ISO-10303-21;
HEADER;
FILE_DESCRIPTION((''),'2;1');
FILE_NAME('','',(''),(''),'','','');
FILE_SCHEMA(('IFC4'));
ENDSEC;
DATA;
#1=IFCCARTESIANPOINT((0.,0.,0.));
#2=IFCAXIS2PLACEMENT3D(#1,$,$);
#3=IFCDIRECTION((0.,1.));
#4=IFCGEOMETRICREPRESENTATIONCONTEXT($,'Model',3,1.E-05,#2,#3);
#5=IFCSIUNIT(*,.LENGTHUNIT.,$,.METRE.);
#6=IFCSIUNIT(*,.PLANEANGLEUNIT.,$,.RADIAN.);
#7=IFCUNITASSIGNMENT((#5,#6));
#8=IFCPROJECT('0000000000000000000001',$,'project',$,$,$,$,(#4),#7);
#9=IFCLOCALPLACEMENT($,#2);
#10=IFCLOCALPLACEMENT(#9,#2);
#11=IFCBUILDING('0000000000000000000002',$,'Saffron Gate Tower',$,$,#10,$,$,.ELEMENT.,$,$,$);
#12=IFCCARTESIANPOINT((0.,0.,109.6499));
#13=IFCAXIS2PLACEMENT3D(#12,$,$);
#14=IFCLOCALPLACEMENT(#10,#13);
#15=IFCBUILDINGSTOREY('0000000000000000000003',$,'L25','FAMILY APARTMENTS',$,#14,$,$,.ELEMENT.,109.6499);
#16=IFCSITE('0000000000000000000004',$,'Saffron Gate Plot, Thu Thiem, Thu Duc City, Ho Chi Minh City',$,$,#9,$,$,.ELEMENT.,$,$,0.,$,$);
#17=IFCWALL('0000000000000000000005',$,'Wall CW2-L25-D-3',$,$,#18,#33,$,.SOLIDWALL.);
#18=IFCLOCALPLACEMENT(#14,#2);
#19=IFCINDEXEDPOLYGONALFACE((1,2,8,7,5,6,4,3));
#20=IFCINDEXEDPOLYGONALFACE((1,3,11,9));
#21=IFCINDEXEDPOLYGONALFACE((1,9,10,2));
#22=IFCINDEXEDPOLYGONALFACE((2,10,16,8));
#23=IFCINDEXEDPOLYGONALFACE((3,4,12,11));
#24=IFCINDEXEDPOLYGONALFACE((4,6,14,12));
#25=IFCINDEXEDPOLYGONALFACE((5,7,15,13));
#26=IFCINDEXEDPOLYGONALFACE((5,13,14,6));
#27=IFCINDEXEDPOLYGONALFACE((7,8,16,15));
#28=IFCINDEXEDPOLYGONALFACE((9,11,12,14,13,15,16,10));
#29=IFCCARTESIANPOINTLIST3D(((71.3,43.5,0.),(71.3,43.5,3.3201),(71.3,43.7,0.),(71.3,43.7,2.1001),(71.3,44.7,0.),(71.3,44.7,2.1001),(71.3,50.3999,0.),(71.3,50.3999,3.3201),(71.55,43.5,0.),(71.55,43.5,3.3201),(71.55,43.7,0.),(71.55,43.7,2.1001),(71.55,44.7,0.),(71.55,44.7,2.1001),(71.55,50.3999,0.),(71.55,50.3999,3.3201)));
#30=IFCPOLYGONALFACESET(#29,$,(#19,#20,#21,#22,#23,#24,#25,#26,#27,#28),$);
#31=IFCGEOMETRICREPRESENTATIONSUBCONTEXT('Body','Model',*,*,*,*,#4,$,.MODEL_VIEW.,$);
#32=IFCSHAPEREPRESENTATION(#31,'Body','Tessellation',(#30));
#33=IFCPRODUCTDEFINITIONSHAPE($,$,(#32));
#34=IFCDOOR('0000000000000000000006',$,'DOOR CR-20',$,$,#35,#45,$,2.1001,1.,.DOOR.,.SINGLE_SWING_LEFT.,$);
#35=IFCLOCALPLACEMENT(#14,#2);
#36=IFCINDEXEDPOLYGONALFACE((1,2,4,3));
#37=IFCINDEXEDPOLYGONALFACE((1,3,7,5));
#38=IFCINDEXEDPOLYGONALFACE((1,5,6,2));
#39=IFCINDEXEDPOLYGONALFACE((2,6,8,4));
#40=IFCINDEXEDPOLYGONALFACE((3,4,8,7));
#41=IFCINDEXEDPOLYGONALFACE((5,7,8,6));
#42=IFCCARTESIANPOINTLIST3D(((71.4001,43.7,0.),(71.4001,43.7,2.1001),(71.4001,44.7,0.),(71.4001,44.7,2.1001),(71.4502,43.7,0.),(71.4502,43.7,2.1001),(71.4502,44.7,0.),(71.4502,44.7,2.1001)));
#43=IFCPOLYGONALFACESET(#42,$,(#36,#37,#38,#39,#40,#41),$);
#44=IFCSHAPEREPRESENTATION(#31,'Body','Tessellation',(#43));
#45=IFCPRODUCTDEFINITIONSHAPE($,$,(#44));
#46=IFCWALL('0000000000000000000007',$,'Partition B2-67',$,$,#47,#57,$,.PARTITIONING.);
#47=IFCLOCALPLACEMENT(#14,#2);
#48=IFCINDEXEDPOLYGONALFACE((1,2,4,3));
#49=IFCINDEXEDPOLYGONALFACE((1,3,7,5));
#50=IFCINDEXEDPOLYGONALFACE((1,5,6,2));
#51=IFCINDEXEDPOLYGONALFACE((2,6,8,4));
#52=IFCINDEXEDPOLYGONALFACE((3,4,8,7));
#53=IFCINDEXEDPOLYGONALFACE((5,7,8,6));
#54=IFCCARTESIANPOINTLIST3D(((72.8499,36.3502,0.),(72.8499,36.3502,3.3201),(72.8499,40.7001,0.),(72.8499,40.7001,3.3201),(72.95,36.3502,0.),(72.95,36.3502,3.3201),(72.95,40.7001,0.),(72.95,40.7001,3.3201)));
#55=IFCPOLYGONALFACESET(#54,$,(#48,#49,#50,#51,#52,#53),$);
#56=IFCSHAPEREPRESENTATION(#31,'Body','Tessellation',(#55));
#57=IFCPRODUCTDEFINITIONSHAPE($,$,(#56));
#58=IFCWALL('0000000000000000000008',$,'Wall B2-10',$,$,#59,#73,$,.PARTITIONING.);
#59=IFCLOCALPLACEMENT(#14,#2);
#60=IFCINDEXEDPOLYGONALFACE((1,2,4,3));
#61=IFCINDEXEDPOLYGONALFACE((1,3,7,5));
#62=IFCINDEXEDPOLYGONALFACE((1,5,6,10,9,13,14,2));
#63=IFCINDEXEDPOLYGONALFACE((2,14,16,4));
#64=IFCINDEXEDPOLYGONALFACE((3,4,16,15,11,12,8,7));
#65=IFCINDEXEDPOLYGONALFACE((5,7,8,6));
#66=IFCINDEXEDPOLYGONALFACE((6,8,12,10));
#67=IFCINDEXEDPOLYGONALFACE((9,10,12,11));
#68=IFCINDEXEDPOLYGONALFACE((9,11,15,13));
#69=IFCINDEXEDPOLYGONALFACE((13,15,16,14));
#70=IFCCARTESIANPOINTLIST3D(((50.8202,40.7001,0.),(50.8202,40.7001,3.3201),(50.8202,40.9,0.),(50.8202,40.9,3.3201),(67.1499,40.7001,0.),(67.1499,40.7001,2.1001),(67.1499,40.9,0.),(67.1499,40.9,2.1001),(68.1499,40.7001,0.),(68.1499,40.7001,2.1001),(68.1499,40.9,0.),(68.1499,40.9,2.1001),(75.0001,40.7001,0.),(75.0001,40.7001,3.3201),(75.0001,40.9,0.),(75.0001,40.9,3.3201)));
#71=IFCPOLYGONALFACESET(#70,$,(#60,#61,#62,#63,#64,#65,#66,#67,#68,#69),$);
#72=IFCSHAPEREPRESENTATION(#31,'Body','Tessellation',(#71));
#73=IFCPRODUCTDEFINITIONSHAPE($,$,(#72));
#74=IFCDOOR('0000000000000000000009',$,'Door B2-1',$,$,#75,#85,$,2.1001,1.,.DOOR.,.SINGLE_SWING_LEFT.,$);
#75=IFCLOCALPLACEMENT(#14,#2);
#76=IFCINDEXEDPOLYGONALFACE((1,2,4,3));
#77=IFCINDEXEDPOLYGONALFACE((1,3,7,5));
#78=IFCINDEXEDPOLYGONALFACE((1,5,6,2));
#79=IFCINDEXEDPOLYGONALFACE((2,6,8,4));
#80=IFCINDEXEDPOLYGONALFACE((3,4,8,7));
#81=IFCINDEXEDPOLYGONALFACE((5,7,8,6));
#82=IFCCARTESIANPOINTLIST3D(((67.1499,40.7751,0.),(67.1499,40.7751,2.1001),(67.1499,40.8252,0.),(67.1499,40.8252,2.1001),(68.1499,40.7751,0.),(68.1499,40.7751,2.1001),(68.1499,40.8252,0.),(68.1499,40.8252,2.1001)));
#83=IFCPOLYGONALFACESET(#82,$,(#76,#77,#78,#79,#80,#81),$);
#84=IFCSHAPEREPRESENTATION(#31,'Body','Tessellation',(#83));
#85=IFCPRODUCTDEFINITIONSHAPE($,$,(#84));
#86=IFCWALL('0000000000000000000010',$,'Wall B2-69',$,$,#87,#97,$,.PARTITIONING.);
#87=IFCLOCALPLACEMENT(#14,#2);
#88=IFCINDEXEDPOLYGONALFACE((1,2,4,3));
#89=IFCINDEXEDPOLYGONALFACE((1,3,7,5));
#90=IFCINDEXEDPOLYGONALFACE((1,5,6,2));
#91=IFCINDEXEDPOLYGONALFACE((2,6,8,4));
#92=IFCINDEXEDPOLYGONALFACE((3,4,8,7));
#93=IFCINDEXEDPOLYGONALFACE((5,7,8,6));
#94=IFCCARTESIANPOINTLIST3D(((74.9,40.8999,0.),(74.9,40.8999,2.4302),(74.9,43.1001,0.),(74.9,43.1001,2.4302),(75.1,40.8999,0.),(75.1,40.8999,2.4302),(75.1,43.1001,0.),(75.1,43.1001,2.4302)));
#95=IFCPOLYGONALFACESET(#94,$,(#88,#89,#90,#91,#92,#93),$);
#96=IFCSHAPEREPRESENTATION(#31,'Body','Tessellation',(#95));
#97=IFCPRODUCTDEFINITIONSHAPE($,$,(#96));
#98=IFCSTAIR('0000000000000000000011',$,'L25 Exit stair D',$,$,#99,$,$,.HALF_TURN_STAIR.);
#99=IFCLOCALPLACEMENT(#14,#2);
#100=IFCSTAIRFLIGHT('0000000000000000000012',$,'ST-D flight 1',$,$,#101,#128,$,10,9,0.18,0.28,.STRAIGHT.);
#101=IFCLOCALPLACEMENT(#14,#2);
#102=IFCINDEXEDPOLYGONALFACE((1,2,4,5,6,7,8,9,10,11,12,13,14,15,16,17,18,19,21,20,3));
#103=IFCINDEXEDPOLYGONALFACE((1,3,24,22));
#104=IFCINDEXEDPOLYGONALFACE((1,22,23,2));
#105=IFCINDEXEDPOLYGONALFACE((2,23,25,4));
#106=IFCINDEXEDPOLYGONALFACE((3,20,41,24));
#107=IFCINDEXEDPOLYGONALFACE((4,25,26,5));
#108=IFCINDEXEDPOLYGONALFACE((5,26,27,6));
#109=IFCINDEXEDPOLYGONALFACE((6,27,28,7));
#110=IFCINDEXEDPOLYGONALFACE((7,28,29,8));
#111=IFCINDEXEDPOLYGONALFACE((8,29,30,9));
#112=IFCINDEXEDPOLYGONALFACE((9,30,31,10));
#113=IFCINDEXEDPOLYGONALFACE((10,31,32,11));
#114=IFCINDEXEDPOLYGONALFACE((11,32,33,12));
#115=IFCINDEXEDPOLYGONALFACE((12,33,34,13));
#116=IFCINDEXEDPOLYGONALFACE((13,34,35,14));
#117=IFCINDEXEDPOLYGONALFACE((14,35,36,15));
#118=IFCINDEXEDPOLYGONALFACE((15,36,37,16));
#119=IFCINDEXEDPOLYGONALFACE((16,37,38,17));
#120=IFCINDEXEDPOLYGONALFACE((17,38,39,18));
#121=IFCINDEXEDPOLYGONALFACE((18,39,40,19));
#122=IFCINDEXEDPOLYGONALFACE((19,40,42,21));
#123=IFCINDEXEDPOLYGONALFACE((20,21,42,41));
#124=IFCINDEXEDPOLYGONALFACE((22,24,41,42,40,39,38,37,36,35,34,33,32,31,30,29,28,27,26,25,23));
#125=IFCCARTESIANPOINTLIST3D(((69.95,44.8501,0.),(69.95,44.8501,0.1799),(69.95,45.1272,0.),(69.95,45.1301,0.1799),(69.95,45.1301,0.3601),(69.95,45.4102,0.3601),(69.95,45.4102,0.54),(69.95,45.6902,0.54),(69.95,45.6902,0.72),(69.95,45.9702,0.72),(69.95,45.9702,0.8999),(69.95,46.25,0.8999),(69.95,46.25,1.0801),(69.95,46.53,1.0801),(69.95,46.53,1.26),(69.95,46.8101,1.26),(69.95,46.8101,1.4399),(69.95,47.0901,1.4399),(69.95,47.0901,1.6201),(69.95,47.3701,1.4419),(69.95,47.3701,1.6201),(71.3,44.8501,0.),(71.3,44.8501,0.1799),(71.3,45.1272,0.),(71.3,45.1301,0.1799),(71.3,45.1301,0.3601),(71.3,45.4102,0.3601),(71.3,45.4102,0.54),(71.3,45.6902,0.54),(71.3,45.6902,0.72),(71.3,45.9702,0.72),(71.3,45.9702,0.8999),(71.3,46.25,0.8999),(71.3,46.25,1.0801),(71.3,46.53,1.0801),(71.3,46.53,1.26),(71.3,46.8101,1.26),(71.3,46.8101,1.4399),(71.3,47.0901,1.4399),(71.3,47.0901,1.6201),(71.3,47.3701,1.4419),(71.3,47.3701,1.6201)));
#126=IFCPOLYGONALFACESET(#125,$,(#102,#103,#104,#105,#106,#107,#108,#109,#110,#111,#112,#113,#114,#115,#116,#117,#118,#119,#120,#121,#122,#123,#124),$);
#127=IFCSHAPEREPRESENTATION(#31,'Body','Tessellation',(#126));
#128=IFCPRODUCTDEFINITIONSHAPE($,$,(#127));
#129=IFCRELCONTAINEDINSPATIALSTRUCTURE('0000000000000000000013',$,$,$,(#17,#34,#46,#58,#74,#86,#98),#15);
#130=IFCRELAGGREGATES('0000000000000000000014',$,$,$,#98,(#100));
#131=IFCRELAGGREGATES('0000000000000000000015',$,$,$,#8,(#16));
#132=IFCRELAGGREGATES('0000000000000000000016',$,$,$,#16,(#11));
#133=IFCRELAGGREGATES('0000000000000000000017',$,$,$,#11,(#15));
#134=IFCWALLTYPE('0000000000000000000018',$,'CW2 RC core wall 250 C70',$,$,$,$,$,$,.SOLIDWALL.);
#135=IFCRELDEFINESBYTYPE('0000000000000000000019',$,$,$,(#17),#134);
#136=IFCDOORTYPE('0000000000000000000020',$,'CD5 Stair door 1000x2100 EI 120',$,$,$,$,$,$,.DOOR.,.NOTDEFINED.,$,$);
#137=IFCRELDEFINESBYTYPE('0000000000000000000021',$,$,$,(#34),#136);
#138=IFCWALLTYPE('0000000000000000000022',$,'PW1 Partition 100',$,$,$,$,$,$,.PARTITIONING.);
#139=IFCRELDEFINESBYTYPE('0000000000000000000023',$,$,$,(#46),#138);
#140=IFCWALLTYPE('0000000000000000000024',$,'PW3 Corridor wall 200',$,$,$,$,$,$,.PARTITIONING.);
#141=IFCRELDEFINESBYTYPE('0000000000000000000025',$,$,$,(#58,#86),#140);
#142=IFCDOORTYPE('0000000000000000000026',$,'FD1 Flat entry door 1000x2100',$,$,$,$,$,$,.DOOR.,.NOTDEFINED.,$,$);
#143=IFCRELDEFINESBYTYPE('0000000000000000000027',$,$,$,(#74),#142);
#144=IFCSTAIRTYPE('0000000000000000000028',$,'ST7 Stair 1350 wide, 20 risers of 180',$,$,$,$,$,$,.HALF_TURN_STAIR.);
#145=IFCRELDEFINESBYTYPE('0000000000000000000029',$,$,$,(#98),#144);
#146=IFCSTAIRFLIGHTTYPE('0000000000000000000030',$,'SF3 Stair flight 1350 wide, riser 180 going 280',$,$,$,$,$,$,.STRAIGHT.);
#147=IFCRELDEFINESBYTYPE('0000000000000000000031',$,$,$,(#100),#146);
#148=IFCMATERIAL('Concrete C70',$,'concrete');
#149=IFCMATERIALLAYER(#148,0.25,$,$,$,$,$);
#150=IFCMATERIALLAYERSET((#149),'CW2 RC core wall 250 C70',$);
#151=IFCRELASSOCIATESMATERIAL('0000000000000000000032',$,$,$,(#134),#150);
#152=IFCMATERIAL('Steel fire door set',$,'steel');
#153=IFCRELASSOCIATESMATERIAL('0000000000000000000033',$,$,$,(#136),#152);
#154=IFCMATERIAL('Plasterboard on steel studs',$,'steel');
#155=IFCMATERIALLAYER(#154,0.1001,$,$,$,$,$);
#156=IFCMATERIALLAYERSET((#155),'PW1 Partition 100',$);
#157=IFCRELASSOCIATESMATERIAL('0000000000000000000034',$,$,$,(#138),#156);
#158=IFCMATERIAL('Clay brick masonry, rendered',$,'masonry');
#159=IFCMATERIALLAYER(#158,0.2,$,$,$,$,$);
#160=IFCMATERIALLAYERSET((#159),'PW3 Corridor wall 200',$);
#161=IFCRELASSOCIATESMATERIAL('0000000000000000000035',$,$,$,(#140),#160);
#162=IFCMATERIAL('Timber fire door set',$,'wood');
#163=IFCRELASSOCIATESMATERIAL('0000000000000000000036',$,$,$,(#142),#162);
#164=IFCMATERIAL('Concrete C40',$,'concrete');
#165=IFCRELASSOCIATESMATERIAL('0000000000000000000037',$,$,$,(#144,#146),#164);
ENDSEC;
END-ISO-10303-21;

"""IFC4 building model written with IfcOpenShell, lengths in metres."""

from ifc_helpers import new_model, si_unit, direction, frame, frame_2d, origin, place, context, subcontext, project, spatial, polyline, rectangle, outline, extrude, material, layer, layer_set, type_object, element, fill, aggregate, save


model = new_model("IFC4")

# Units and contexts
model_context = context("Model", 3, precision=1e-05, world=origin(), true_north=direction((0.0, 1.0)))
body_context = subcontext(model_context, "Body", "Model", "MODEL_VIEW")
ifc_project = project(units=[si_unit("LENGTHUNIT", "METRE"), si_unit("PLANEANGLEUNIT", "RADIAN")], contexts=[model_context])

# Site, building, storey
site_placement = place(None, origin())
site = spatial("IfcSite", under=ifc_project, at=site_placement, Name="Saffron Gate Plot, Thu Thiem, Thu Duc City, Ho Chi Minh City", CompositionType="ELEMENT", RefElevation=0.0)
building_placement = place(site_placement, origin())
building = spatial("IfcBuilding", under=site, at=building_placement, Name="Saffron Gate Tower", CompositionType="ELEMENT")
storey_placement = place(building_placement, frame((0.0, 0.0, 109.6499)))
storey = spatial("IfcBuildingStorey", under=building, at=storey_placement, Name="L25", Description="FAMILY APARTMENTS", CompositionType="ELEMENT", Elevation=109.6499)

# Wall, opening, door
ifc_material_1 = material(Name="Steel fire door set", Category="steel")
ifc_material_2 = material(Name="Concrete C70", Category="concrete")
ifc_layer_1 = layer(ifc_material_2, 0.25)
ifc_layer_set_1 = layer_set([ifc_layer_1], Name="CW2 RC core wall 250 C70")
wall_type_1 = type_object("IfcWallType", Name="CW2 RC core wall 250 C70", PredefinedType="SOLIDWALL", material=ifc_layer_set_1)
wall_1_placement = place(storey_placement, frame((71.425, 43.5, 0.0), z_axis=(0.0, 0.0, 1.0), x_axis=(0.0, 1.0, 0.0)))
wall_1 = element("IfcWall", 1, at=wall_1_placement, inside=storey, type_object=wall_type_1, Name="Wall CW2-L25-D-3", PredefinedType="SOLIDWALL", context=body_context, shape_type="SweptSolid", body=[
    extrude(rectangle(XDim=6.8999, YDim=0.25, at=frame_2d((3.45, 0.0))), origin(), (0.0, 0.0, 1.0), 3.3201),
])
opening_1_placement = place(wall_1_placement, frame((0.2, 0.0, 0.0)))
opening_1 = element("IfcOpeningElement", 2, at=opening_1_placement, cuts=wall_1, PredefinedType="OPENING", context=body_context, shape_type="SweptSolid", body=[
    extrude(rectangle(XDim=1.0, YDim=2.1001, at=frame_2d((0.5, 1.05))), frame((0.0, 0.135, 0.0), z_axis=(0.0, -1.0, 0.0), x_axis=(1.0, 0.0, 0.0)), (0.0, 0.0, 1.0), 0.27),
])
door_type_1 = type_object("IfcDoorType", Name="CD5 Stair door 1000x2100 EI 120", OperationType="NOTDEFINED", PredefinedType="DOOR", material=ifc_material_1)
door_1_placement = place(opening_1_placement, origin())
door_1 = element("IfcDoor", 3, at=door_1_placement, inside=storey, type_object=door_type_1, Name="DOOR CR-20", OperationType="SINGLE_SWING_LEFT", OverallHeight=2.1001, OverallWidth=1.0, PredefinedType="DOOR", context=body_context, shape_type="SweptSolid", body=[
    extrude(rectangle(XDim=1.0, YDim=2.1001, at=frame_2d((0.5, 1.05))), frame((0.0, 0.0249, 0.0), z_axis=(0.0, -1.0, 0.0), x_axis=(1.0, 0.0, 0.0)), (0.0, 0.0, 1.0), 0.05),
])
fill(opening_1, door_1)

# Wall
ifc_material_3 = material(Name="Plasterboard on steel studs", Category="steel")
ifc_layer_2 = layer(ifc_material_3, 0.1001)
ifc_layer_set_2 = layer_set([ifc_layer_2], Name="PW1 Partition 100")
wall_type_2 = type_object("IfcWallType", Name="PW1 Partition 100", PredefinedType="PARTITIONING", material=ifc_layer_set_2)
wall_2_placement = place(storey_placement, frame((72.8999, 40.7, 0.0), z_axis=(0.0, 0.0, 1.0), x_axis=(0.0, -1.0, 0.0)))
element("IfcWall", 4, at=wall_2_placement, inside=storey, type_object=wall_type_2, Name="Partition B2-67", PredefinedType="PARTITIONING", context=body_context, shape_type="SweptSolid", body=[
    extrude(rectangle(XDim=4.3499, YDim=0.1001, at=frame_2d((2.1748, 0.0))), origin(), (0.0, 0.0, 1.0), 3.3201),
])

# Wall, opening, door
ifc_material_4 = material(Name="Clay brick masonry, rendered", Category="masonry")
ifc_layer_3 = layer(ifc_material_4, 0.2)
ifc_layer_set_3 = layer_set([ifc_layer_3], Name="PW3 Corridor wall 200")
wall_type_3 = type_object("IfcWallType", Name="PW3 Corridor wall 200", PredefinedType="PARTITIONING", material=ifc_layer_set_3)
wall_3_placement = place(storey_placement, frame((75.0, 40.8, 0.0), z_axis=(0.0, 0.0, 1.0), x_axis=(-1.0, 0.0, 0.0)))
wall_3 = element("IfcWall", 5, at=wall_3_placement, inside=storey, type_object=wall_type_3, Name="Wall B2-10", PredefinedType="PARTITIONING", context=body_context, shape_type="SweptSolid", body=[
    extrude(rectangle(XDim=24.1799, YDim=0.2, at=frame_2d((12.0898, 0.0))), origin(), (0.0, 0.0, 1.0), 3.3201),
])
opening_2_placement = place(wall_3_placement, frame((6.8501, 0.0, 0.0)))
opening_2 = element("IfcOpeningElement", 6, at=opening_2_placement, cuts=wall_3, PredefinedType="OPENING", context=body_context, shape_type="SweptSolid", body=[
    extrude(rectangle(XDim=1.0, YDim=2.1001, at=frame_2d((0.5, 1.05))), frame((0.0, 0.1099, 0.0), z_axis=(0.0, -1.0, 0.0), x_axis=(1.0, 0.0, 0.0)), (0.0, 0.0, 1.0), 0.22),
])
ifc_material_5 = material(Name="Timber fire door set", Category="wood")
door_type_2 = type_object("IfcDoorType", Name="FD1 Flat entry door 1000x2100", OperationType="NOTDEFINED", PredefinedType="DOOR", material=ifc_material_5)
door_2_placement = place(opening_2_placement, origin())
door_2 = element("IfcDoor", 7, at=door_2_placement, inside=storey, type_object=door_type_2, Name="Door B2-1", OperationType="SINGLE_SWING_LEFT", OverallHeight=2.1001, OverallWidth=1.0, PredefinedType="DOOR", context=body_context, shape_type="SweptSolid", body=[
    extrude(rectangle(XDim=1.0, YDim=2.1001, at=frame_2d((0.5, 1.05))), frame((0.0, 0.0249, 0.0), z_axis=(0.0, -1.0, 0.0), x_axis=(1.0, 0.0, 0.0)), (0.0, 0.0, 1.0), 0.05),
])
fill(opening_2, door_2)

# Wall
wall_4_placement = place(storey_placement, frame((75.0, 43.1001, 0.0), z_axis=(0.0, 0.0, 1.0), x_axis=(0.0, -1.0, 0.0)))
element("IfcWall", 8, at=wall_4_placement, inside=storey, type_object=wall_type_3, Name="Wall B2-69", PredefinedType="PARTITIONING", context=body_context, shape_type="SweptSolid", body=[
    extrude(rectangle(XDim=2.2002, YDim=0.2, at=frame_2d((1.1001, 0.0))), origin(), (0.0, 0.0, 1.0), 2.4302),
])

# Stair, stair flight
ifc_material_6 = material(Name="Concrete C40", Category="concrete")
stair_type = type_object("IfcStairType", Name="ST7 Stair 1350 wide, 20 risers of 180", PredefinedType="HALF_TURN_STAIR", material=ifc_material_6)
stair_placement = place(storey_placement, origin())
stair = element("IfcStair", 9, at=stair_placement, inside=storey, type_object=stair_type, Name="L25 Exit stair D", PredefinedType="HALF_TURN_STAIR")
stair_flight_type = type_object("IfcStairFlightType", Name="SF3 Stair flight 1350 wide, riser 180 going 280", PredefinedType="STRAIGHT", material=ifc_material_6)
stair_flight_placement = place(storey_placement, frame((70.625, 44.8501, 0.0), z_axis=(0.0, 0.0, 1.0), x_axis=(0.0, 1.0, 0.0)))
stair_flight = element("IfcStairFlight", 10, at=stair_flight_placement, type_object=stair_flight_type, Name="ST-D flight 1", NumberOfRisers=10, NumberOfTreads=9, PredefinedType="STRAIGHT", RiserHeight=0.18, TreadLength=0.28, context=body_context, shape_type="SweptSolid", body=[
    extrude(outline(polyline([(0.0, 0.0), (0.0, 0.1799), (0.28, 0.1799), (0.28, 0.3601), (0.5601, 0.3601), (0.5601, 0.54), (0.8401, 0.54), (0.8401, 0.72), (1.1201, 0.72), (1.1201, 0.8999), (1.3999, 0.8999), (1.3999, 1.0801), (1.6799, 1.0801), (1.6799, 1.26), (1.96, 1.26), (1.96, 1.4399), (2.24, 1.4399), (2.24, 1.6201), (2.52, 1.6201), (2.52, 1.8), (2.52, 1.4419), (0.2771, 0.0), (0.0, 0.0)])), frame((0.0, 0.675, 0.0), z_axis=(0.0, -1.0, 0.0), x_axis=(1.0, 0.0, 0.0)), (0.0, 0.0, 1.0), 1.3501),
])
aggregate(stair, [stair_flight])

save(model, "model.ifc")
